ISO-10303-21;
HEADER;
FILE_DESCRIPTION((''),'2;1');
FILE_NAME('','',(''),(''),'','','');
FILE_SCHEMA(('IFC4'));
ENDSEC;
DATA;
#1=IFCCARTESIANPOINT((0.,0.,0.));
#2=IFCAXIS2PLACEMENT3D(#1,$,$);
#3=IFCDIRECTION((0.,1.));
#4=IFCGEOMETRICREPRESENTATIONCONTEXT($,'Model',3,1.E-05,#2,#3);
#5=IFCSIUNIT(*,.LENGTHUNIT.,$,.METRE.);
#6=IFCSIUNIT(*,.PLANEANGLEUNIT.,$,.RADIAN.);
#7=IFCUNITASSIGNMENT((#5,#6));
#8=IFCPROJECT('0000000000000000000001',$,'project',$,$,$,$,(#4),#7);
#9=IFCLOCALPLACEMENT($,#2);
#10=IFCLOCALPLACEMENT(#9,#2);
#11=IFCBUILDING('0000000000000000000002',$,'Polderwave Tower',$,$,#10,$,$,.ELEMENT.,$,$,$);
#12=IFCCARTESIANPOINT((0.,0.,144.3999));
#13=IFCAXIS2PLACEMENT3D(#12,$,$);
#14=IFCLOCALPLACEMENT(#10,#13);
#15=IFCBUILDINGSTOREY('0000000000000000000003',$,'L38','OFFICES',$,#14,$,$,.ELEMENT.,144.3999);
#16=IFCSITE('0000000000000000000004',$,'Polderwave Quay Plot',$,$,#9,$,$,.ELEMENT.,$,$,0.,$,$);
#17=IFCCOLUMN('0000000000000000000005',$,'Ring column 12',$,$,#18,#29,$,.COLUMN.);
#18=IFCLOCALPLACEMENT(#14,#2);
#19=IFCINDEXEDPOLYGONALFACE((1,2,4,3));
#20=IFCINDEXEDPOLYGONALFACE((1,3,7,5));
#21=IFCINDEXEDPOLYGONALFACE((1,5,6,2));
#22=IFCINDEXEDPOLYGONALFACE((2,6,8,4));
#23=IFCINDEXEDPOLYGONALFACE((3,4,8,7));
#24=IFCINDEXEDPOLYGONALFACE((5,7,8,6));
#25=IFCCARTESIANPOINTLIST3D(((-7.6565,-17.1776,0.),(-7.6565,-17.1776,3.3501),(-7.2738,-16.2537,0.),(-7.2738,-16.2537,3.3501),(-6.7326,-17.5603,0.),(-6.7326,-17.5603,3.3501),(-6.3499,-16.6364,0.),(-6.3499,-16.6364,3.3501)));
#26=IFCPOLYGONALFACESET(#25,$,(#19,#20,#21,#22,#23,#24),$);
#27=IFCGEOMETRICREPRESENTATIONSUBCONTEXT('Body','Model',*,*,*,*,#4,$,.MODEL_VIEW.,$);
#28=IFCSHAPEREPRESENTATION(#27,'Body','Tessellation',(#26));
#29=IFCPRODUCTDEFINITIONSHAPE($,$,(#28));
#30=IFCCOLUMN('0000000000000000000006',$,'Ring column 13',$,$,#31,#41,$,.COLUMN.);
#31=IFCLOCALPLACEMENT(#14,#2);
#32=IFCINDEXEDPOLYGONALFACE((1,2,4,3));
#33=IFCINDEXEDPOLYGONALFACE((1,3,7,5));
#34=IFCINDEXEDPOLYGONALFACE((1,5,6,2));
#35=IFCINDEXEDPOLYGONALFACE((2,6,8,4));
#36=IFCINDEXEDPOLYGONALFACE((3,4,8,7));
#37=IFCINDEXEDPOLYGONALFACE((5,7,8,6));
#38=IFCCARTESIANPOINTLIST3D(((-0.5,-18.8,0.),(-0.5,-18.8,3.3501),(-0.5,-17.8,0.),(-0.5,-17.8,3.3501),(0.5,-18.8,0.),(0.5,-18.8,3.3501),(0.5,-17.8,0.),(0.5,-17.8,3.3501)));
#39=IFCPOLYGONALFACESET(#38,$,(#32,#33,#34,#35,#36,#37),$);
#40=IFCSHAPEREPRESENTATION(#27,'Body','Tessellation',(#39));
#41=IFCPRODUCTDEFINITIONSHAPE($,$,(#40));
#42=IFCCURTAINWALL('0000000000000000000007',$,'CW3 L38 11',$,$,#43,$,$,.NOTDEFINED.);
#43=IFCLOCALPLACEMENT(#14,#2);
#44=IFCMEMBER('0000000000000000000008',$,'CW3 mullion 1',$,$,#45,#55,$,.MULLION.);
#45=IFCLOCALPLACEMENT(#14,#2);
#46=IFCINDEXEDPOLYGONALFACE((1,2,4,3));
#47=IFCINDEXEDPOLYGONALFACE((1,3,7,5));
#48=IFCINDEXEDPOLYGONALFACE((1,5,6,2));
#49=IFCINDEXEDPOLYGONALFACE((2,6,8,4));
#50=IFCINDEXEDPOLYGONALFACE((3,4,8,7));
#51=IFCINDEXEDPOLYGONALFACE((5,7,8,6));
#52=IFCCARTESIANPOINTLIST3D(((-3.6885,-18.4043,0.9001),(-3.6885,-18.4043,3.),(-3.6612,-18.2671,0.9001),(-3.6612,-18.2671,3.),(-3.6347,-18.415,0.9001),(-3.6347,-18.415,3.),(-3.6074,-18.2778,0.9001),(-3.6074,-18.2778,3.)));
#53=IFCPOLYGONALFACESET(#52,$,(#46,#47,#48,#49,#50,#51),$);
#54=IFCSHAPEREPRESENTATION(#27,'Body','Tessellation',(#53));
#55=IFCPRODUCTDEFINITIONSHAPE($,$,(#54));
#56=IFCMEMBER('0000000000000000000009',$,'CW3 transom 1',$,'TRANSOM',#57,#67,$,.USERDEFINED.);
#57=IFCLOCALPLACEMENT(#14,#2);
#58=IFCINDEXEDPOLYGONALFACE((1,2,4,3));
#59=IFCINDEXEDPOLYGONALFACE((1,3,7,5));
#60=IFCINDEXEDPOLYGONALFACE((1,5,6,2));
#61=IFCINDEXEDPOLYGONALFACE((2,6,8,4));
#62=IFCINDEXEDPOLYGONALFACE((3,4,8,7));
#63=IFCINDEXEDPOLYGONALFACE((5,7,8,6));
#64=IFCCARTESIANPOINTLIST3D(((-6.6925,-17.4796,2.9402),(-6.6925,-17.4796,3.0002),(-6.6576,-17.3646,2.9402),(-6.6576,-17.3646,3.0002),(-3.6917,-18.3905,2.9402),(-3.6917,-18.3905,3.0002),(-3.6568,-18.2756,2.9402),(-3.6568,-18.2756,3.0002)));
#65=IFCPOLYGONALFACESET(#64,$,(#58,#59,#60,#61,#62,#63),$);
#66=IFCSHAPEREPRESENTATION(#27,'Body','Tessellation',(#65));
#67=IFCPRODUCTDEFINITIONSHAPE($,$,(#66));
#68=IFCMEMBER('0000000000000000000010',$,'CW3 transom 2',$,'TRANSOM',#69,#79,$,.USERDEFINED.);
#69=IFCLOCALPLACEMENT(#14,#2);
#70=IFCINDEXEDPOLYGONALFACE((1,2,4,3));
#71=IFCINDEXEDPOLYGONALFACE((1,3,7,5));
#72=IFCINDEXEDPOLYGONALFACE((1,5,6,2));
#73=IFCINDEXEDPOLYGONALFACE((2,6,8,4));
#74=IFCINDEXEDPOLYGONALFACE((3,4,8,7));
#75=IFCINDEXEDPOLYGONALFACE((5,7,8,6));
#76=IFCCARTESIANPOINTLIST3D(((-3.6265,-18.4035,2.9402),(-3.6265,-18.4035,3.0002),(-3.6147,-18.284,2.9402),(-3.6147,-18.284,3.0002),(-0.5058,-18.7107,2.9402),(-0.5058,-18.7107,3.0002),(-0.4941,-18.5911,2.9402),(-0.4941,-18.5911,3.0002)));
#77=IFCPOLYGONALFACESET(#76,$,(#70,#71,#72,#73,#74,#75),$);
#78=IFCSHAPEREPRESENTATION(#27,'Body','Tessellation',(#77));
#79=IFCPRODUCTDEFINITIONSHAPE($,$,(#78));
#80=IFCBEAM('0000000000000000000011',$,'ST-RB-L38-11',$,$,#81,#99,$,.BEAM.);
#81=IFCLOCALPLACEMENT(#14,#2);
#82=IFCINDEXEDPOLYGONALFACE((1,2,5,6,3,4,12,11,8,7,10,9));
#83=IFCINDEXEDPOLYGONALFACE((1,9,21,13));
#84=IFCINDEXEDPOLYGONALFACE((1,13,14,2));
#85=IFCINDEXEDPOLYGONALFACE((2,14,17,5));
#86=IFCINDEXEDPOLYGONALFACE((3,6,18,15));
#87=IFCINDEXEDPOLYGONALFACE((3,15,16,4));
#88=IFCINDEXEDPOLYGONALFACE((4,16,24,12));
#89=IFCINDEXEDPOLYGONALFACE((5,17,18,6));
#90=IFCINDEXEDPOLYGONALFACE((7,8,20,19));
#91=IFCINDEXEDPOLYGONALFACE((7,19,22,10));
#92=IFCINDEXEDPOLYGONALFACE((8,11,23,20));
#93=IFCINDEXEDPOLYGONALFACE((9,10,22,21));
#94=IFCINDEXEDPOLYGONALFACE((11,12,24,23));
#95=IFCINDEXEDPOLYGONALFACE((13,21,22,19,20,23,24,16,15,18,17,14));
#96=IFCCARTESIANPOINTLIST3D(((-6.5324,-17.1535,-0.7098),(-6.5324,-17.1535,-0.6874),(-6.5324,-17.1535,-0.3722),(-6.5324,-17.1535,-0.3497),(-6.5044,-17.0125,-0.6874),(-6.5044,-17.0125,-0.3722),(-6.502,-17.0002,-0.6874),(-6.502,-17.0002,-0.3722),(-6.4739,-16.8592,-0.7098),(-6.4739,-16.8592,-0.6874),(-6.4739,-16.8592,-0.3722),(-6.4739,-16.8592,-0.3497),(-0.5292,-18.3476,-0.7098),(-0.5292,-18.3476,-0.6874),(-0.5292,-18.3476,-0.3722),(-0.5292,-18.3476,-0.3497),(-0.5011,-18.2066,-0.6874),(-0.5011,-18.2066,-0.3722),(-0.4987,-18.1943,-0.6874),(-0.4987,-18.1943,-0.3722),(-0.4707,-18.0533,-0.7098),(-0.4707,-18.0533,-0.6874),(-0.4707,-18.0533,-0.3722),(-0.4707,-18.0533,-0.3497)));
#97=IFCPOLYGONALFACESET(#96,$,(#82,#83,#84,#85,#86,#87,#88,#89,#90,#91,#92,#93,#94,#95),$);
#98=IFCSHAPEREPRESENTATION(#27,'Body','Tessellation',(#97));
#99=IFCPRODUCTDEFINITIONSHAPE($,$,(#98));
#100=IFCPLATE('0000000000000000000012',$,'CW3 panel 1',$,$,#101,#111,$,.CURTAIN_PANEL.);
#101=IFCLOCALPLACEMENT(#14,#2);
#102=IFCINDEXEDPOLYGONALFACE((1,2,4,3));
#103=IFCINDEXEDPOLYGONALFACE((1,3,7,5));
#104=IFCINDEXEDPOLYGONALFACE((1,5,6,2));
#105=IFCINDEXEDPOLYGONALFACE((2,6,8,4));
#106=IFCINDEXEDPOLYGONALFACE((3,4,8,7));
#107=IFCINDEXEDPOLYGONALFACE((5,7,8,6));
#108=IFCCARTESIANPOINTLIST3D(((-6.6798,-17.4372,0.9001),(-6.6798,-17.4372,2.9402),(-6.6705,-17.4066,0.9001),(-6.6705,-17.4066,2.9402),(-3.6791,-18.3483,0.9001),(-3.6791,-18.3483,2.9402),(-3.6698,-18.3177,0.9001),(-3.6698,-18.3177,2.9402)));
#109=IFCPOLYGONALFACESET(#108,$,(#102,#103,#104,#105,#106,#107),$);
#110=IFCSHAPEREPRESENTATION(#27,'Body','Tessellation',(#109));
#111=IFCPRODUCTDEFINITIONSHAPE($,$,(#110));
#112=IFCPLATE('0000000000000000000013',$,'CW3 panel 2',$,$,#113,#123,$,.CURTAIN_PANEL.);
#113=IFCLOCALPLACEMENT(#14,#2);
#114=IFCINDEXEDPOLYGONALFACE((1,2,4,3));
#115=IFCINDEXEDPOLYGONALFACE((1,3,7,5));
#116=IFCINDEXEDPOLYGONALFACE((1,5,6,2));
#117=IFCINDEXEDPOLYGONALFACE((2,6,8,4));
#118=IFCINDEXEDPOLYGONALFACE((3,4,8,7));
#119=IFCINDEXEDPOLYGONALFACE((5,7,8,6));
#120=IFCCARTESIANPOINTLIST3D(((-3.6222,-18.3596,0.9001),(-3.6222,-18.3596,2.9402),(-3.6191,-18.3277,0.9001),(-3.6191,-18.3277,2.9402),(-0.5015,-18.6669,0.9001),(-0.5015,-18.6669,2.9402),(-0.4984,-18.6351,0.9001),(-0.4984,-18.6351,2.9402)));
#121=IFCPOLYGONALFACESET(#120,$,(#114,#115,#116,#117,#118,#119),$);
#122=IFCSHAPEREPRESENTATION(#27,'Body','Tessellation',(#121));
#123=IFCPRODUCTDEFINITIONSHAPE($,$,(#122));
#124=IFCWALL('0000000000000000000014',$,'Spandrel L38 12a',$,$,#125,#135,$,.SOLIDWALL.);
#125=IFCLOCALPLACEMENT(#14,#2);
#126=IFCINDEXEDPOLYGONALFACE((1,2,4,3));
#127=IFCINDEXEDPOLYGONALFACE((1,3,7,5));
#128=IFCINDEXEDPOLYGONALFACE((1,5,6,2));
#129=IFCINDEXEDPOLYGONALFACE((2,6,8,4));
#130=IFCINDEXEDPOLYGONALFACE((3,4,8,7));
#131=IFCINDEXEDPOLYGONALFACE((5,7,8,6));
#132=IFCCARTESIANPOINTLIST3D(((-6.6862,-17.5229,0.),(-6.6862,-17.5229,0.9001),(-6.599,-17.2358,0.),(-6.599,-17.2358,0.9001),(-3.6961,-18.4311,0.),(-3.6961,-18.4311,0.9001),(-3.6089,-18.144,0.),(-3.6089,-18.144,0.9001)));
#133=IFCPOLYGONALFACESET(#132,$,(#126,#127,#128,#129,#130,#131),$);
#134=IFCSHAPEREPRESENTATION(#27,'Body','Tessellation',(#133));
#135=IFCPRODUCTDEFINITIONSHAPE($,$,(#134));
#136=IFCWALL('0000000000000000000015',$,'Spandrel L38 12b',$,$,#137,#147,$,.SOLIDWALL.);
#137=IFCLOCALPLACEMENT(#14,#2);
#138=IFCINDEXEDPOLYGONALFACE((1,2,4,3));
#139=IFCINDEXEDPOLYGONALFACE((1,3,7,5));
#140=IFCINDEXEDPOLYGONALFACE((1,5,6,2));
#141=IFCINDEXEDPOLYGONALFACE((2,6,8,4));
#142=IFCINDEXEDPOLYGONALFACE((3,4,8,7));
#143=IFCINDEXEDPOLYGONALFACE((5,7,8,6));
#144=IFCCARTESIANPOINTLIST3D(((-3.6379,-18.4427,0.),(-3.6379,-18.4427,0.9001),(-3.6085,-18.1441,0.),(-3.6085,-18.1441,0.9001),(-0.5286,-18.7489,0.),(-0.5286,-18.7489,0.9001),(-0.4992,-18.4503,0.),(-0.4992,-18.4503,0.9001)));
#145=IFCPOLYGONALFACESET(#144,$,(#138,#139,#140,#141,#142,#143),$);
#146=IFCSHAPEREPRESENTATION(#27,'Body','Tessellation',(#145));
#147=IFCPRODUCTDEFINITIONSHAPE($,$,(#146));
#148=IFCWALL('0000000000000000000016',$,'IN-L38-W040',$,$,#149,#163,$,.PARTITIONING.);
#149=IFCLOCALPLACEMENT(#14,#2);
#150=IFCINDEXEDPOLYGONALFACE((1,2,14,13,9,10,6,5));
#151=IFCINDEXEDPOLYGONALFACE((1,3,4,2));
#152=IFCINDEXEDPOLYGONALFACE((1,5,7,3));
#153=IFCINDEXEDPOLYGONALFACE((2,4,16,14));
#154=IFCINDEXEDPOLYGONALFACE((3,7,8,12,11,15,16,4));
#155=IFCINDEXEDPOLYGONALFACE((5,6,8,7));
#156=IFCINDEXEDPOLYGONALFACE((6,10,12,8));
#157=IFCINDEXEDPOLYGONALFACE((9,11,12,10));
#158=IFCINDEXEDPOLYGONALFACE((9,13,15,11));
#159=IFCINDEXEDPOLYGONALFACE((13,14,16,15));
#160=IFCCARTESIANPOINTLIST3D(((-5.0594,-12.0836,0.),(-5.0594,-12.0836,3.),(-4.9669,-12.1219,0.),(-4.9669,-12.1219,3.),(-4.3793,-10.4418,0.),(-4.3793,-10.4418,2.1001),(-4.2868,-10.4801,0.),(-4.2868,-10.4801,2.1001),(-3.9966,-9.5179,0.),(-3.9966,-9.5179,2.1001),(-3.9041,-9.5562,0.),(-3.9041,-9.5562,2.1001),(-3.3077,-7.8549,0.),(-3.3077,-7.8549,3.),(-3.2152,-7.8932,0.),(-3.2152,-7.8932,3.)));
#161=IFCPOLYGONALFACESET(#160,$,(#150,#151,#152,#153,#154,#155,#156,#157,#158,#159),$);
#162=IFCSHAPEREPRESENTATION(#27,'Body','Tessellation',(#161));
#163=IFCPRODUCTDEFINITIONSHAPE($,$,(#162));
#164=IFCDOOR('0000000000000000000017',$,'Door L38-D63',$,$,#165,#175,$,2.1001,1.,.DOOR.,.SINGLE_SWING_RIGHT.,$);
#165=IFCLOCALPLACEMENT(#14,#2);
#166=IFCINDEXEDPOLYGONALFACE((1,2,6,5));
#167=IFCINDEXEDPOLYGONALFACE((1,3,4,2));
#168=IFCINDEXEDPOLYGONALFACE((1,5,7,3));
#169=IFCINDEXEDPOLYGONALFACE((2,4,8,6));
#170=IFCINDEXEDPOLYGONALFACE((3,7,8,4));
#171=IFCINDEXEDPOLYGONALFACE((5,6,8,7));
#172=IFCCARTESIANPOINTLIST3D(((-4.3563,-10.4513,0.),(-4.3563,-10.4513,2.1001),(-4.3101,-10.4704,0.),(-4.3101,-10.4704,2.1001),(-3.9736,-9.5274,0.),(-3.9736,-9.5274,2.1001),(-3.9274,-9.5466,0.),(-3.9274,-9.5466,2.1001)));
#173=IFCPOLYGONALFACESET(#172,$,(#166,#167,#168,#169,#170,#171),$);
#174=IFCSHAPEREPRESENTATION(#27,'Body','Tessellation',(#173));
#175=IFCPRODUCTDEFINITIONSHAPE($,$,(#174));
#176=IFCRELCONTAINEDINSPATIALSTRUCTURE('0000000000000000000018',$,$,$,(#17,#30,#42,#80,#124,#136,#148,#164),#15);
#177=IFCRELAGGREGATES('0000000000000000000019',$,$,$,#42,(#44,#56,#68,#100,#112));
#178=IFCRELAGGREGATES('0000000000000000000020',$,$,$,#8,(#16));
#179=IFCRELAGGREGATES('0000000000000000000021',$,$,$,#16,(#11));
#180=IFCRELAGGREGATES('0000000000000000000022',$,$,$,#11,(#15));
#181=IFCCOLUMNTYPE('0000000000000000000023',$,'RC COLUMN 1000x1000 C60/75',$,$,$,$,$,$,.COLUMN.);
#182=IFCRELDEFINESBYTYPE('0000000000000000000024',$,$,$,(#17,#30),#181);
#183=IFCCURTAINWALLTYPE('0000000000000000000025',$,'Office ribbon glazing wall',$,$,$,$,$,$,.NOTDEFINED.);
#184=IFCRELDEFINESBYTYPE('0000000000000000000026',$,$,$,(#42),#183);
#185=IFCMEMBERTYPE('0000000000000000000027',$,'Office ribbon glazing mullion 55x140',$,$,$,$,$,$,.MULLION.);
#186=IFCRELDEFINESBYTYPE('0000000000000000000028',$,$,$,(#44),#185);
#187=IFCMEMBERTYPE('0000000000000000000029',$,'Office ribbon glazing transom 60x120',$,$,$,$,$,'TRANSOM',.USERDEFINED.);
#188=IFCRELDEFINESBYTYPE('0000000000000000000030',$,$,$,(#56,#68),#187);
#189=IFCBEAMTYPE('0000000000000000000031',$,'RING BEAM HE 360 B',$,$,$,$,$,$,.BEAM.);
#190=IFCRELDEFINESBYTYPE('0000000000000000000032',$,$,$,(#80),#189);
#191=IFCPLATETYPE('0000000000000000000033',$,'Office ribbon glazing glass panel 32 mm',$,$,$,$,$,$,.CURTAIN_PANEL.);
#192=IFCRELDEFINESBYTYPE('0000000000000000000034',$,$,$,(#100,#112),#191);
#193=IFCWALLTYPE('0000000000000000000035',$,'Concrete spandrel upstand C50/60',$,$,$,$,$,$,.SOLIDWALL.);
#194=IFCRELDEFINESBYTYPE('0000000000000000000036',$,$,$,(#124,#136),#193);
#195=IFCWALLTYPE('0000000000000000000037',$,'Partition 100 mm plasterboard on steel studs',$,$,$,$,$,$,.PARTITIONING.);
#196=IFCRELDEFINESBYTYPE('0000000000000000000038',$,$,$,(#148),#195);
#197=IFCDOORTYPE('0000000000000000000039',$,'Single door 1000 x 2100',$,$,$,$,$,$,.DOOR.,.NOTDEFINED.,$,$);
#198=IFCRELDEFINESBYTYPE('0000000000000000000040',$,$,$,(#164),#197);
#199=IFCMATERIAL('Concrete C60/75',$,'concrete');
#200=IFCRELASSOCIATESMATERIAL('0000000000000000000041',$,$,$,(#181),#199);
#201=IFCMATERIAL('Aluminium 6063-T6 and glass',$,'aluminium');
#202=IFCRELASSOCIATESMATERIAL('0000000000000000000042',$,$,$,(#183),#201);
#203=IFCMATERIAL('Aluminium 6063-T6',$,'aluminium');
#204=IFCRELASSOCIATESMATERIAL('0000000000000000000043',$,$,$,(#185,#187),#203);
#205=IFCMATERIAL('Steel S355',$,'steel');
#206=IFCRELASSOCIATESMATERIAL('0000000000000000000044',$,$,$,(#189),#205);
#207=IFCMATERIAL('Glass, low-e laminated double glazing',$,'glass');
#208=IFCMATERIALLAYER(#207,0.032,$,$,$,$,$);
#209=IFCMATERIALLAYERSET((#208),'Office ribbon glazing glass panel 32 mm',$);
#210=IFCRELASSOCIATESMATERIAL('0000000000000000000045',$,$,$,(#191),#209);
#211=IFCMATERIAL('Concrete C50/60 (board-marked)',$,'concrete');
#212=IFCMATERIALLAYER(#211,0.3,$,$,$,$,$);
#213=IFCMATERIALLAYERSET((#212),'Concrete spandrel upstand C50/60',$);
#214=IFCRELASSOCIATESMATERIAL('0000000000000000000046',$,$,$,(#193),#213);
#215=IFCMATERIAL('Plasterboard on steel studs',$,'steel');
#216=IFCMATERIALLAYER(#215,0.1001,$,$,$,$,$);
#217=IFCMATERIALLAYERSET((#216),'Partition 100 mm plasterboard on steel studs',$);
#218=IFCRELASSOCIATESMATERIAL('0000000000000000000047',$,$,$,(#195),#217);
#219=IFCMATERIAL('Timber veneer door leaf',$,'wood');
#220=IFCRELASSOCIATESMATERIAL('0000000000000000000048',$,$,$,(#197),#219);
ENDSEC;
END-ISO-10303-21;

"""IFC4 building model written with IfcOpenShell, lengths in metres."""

from ifc_helpers import new_model, si_unit, direction, frame, frame_2d, origin, origin_2d, place, context, subcontext, project, spatial, rectangle, i_section, extrude, material, layer, layer_set, material_profile, profile_set, type_object, element, fill, aggregate, save


model = new_model("IFC4")

# Units and contexts
model_context = context("Model", 3, precision=1e-05, world=origin(), true_north=direction((0.0, 1.0)))
body_context = subcontext(model_context, "Body", "Model", "MODEL_VIEW")
ifc_project = project(units=[si_unit("LENGTHUNIT", "METRE"), si_unit("PLANEANGLEUNIT", "RADIAN")], contexts=[model_context])

# Site, building, storey
site_placement = place(None, origin())
site = spatial("IfcSite", under=ifc_project, at=site_placement, Name="Polderwave Quay Plot", CompositionType="ELEMENT", RefElevation=0.0)
building_placement = place(site_placement, origin())
building = spatial("IfcBuilding", under=site, at=building_placement, Name="Polderwave Tower", CompositionType="ELEMENT")
storey_placement = place(building_placement, frame((0.0, 0.0, 144.3999)))
storey = spatial("IfcBuildingStorey", under=building, at=storey_placement, Name="L38", Description="OFFICES", CompositionType="ELEMENT", Elevation=144.3999)

# Columns
ifc_material_1 = material(Name="Concrete C60/75", Category="concrete")
ifc_material_profile_1 = material_profile(ifc_material_1, rectangle(XDim=1.0, YDim=1.0, at=origin_2d()), Name="RC 1000x1000")
ifc_profile_set_1 = profile_set([ifc_material_profile_1], Name="Concrete C60/75")
column_type = type_object("IfcColumnType", Name="RC COLUMN 1000x1000 C60/75", PredefinedType="COLUMN", material=ifc_profile_set_1)
for number, where, z_axis, x_axis, name in (
    (1, (-7.0032, -16.907, 0.0), (0.0, 0.0, 1.0), (-0.382683, -0.92388, 0.0), "Ring column 12"),
    (2, (0.0, -18.3, 0.0), (0.0, 0.0, 1.0), (0.0, -1.0, 0.0), "Ring column 13"),
):
    element("IfcColumn", number, at=place(storey_placement, frame(where, z_axis=z_axis, x_axis=x_axis)), inside=storey, type_object=column_type, Name=name, PredefinedType="COLUMN", context=body_context, shape_type="SweptSolid", body=[
        extrude(rectangle(XDim=1.0, YDim=1.0, at=origin_2d()), origin(), (0.0, 0.0, 1.0), 3.3501),
    ])

# Curtain wall, members
ifc_material_2 = material(Name="Aluminium 6063-T6 and glass", Category="aluminium")
curtain_wall_type = type_object("IfcCurtainWallType", Name="Office ribbon glazing wall", PredefinedType="NOTDEFINED", material=ifc_material_2)
curtain_wall_placement = place(storey_placement, origin())
curtain_wall = element("IfcCurtainWall", 3, at=curtain_wall_placement, inside=storey, type_object=curtain_wall_type, Name="CW3 L38 11", PredefinedType="NOTDEFINED")
ifc_material_3 = material(Name="Aluminium 6063-T6", Category="aluminium")
ifc_material_profile_2 = material_profile(ifc_material_3, rectangle(XDim=0.1399, YDim=0.0549, at=origin_2d()), Name="AL 55x140")
ifc_profile_set_2 = profile_set([ifc_material_profile_2], Name="Aluminium 6063-T6")
member_type_1 = type_object("IfcMemberType", Name="Office ribbon glazing mullion 55x140", PredefinedType="MULLION", material=ifc_profile_set_2)
member_1_placement = place(storey_placement, frame((-3.6479, -18.3411, 0.9001), z_axis=(0.0, 0.0, 1.0), x_axis=(0.195196, 0.980764, 0.0)))
member_1 = element("IfcMember", 4, at=member_1_placement, type_object=member_type_1, Name="CW3 mullion 1", PredefinedType="MULLION", context=body_context, shape_type="SweptSolid", body=[
    extrude(rectangle(XDim=0.1399, YDim=0.0549, at=origin_2d()), origin(), (0.0, 0.0, 1.0), 2.0999),
])
ifc_material_profile_3 = material_profile(ifc_material_3, rectangle(XDim=0.1201, YDim=0.0601, at=origin_2d()), Name="AL 60x120")
ifc_profile_set_3 = profile_set([ifc_material_profile_3], Name="Aluminium 6063-T6")
member_type_2 = type_object("IfcMemberType", Name="Office ribbon glazing transom 60x120", ElementType="TRANSOM", PredefinedType="USERDEFINED", material=ifc_profile_set_3)
member_2_placement = place(storey_placement, frame((-6.675, -17.4221, 2.9702), z_axis=(0.956885, -0.290468, 0.0), x_axis=(0.290468, 0.956885, 0.0)))
member_2 = element("IfcMember", 5, at=member_2_placement, type_object=member_type_2, Name="CW3 transom 1", ObjectType="TRANSOM", PredefinedType="USERDEFINED", context=body_context, shape_type="SweptSolid", body=[
    extrude(rectangle(XDim=0.1201, YDim=0.0601, at=origin_2d()), origin(), (0.0, 0.0, 1.0), 3.136),
])
member_3_placement = place(storey_placement, frame((-3.6206, -18.3438, 2.9702), z_axis=(0.995192, -0.097946, 0.0), x_axis=(0.097946, 0.995192, 0.0)))
member_3 = element("IfcMember", 6, at=member_3_placement, type_object=member_type_2, Name="CW3 transom 2", ObjectType="TRANSOM", PredefinedType="USERDEFINED", context=body_context, shape_type="SweptSolid", body=[
    extrude(rectangle(XDim=0.1201, YDim=0.0601, at=origin_2d()), origin(), (0.0, 0.0, 1.0), 3.1357),
])

# Beam
ifc_material_4 = material(Name="Steel S355", Category="steel")
ifc_material_profile_4 = material_profile(ifc_material_4, i_section(OverallWidth=0.3, OverallDepth=0.3601, WebThickness=0.0125, FlangeThickness=0.0225, at=origin_2d()), Name="HE 360 B")
ifc_profile_set_4 = profile_set([ifc_material_profile_4], Name="Steel S355")
beam_type = type_object("IfcBeamType", Name="RING BEAM HE 360 B", PredefinedType="BEAM", material=ifc_profile_set_4)
beam_placement = place(storey_placement, frame((-6.5032, -17.0063, -0.5298), z_axis=(0.980786, -0.195088, 0.0), x_axis=(0.195088, 0.980786, 0.0)))
element("IfcBeam", 7, at=beam_placement, inside=storey, type_object=beam_type, Name="ST-RB-L38-11", PredefinedType="BEAM", context=body_context, shape_type="SweptSolid", body=[
    extrude(i_section(OverallWidth=0.3, OverallDepth=0.3601, WebThickness=0.0125, FlangeThickness=0.0225, at=origin_2d()), origin(), (0.0, 0.0, 1.0), 6.1208),
])

# Plates
ifc_material_5 = material(Name="Glass, low-e laminated double glazing", Category="glass")
ifc_layer_1 = layer(ifc_material_5, 0.032)
ifc_layer_set_1 = layer_set([ifc_layer_1], Name="Office ribbon glazing glass panel 32 mm")
plate_type = type_object("IfcPlateType", Name="Office ribbon glazing glass panel 32 mm", PredefinedType="CURTAIN_PANEL", material=ifc_layer_set_1)
plate_1_placement = place(storey_placement, frame((-5.1748, -17.8774, 0.9001), z_axis=(0.0, 0.0, 1.0), x_axis=(0.956873, -0.290507, 0.0)))
plate_1 = element("IfcPlate", 8, at=plate_1_placement, type_object=plate_type, Name="CW3 panel 1", PredefinedType="CURTAIN_PANEL", context=body_context, shape_type="SweptSolid", body=[
    extrude(rectangle(XDim=3.136, YDim=0.032, at=origin_2d()), origin(), (0.0, 0.0, 1.0), 2.04),
])
plate_2_placement = place(storey_placement, frame((-2.0603, -18.4973, 0.9001), z_axis=(0.0, 0.0, 1.0), x_axis=(0.995186, -0.098002, 0.0)))
plate_2 = element("IfcPlate", 9, at=plate_2_placement, type_object=plate_type, Name="CW3 panel 2", PredefinedType="CURTAIN_PANEL", context=body_context, shape_type="SweptSolid", body=[
    extrude(rectangle(XDim=3.1357, YDim=0.032, at=origin_2d()), origin(), (0.0, 0.0, 1.0), 2.04),
])
aggregate(curtain_wall, [member_1, member_2, member_3, plate_1, plate_2])

# Walls
ifc_material_6 = material(Name="Concrete C50/60 (board-marked)", Category="concrete")
ifc_layer_2 = layer(ifc_material_6, 0.3)
ifc_layer_set_2 = layer_set([ifc_layer_2], Name="Concrete spandrel upstand C50/60")
wall_type_1 = type_object("IfcWallType", Name="Concrete spandrel upstand C50/60", PredefinedType="SOLIDWALL", material=ifc_layer_set_2)
wall_1_placement = place(storey_placement, frame((-6.6426, -17.3794, 0.0), z_axis=(0.0, 0.0, 1.0), x_axis=(0.95684, -0.290614, 0.0)))
element("IfcWall", 10, at=wall_1_placement, inside=storey, type_object=wall_type_1, Name="Spandrel L38 12a", PredefinedType="SOLIDWALL", context=body_context, shape_type="SweptSolid", body=[
    extrude(rectangle(XDim=3.125, YDim=0.3, at=frame_2d((1.5625, 0.0))), origin(), (0.0, 0.0, 1.0), 0.9001),
])
wall_2_placement = place(storey_placement, frame((-3.623, -18.2935, 0.0), z_axis=(0.0, 0.0, 1.0), x_axis=(0.995187, -0.097995, 0.0)))
element("IfcWall", 11, at=wall_2_placement, inside=storey, type_object=wall_type_1, Name="Spandrel L38 12b", PredefinedType="SOLIDWALL", context=body_context, shape_type="SweptSolid", body=[
    extrude(rectangle(XDim=3.1243, YDim=0.3, at=frame_2d((1.562, 0.0))), origin(), (0.0, 0.0, 1.0), 0.9001),
])

# Wall, opening, door
ifc_material_7 = material(Name="Plasterboard on steel studs", Category="steel")
ifc_layer_3 = layer(ifc_material_7, 0.1001)
ifc_layer_set_3 = layer_set([ifc_layer_3], Name="Partition 100 mm plasterboard on steel studs")
wall_type_2 = type_object("IfcWallType", Name="Partition 100 mm plasterboard on steel studs", PredefinedType="PARTITIONING", material=ifc_layer_set_3)
wall_3_placement = place(storey_placement, frame((-3.2615, -7.874, 0.0), z_axis=(0.0, 0.0, 1.0), x_axis=(-0.382702, -0.923872, 0.0)))
wall_3 = element("IfcWall", 12, at=wall_3_placement, inside=storey, type_object=wall_type_2, Name="IN-L38-W040", PredefinedType="PARTITIONING", context=body_context, shape_type="SweptSolid", body=[
    extrude(rectangle(XDim=4.5771, YDim=0.1001, at=frame_2d((2.2886, 0.0))), origin(), (0.0, 0.0, 1.0), 3.0),
])
opening_1_placement = place(wall_3_placement, frame((1.8, 0.0, 0.0)))
opening_1 = element("IfcOpeningElement", 13, at=opening_1_placement, cuts=wall_3, PredefinedType="OPENING", context=body_context, shape_type="SweptSolid", body=[
    extrude(rectangle(XDim=1.0, YDim=2.1001, at=frame_2d((0.5, 1.05))), frame((0.0, 0.0601, 0.0), z_axis=(0.0, -1.0, 0.0), x_axis=(1.0, 0.0, 0.0)), (0.0, 0.0, 1.0), 0.1201),
])
ifc_material_8 = material(Name="Timber veneer door leaf", Category="wood")
door_type = type_object("IfcDoorType", Name="Single door 1000 x 2100", OperationType="NOTDEFINED", PredefinedType="DOOR", material=ifc_material_8)
door_1_placement = place(opening_1_placement, origin())
door_1 = element("IfcDoor", 14, at=door_1_placement, inside=storey, type_object=door_type, Name="Door L38-D63", OperationType="SINGLE_SWING_RIGHT", OverallHeight=2.1001, OverallWidth=1.0, PredefinedType="DOOR", context=body_context, shape_type="SweptSolid", body=[
    extrude(rectangle(XDim=1.0, YDim=2.1001, at=frame_2d((0.5, 1.05))), frame((0.0, 0.0249, 0.0), z_axis=(0.0, -1.0, 0.0), x_axis=(1.0, 0.0, 0.0)), (0.0, 0.0, 1.0), 0.05),
])
fill(opening_1, door_1)

save(model, "model.ifc")
